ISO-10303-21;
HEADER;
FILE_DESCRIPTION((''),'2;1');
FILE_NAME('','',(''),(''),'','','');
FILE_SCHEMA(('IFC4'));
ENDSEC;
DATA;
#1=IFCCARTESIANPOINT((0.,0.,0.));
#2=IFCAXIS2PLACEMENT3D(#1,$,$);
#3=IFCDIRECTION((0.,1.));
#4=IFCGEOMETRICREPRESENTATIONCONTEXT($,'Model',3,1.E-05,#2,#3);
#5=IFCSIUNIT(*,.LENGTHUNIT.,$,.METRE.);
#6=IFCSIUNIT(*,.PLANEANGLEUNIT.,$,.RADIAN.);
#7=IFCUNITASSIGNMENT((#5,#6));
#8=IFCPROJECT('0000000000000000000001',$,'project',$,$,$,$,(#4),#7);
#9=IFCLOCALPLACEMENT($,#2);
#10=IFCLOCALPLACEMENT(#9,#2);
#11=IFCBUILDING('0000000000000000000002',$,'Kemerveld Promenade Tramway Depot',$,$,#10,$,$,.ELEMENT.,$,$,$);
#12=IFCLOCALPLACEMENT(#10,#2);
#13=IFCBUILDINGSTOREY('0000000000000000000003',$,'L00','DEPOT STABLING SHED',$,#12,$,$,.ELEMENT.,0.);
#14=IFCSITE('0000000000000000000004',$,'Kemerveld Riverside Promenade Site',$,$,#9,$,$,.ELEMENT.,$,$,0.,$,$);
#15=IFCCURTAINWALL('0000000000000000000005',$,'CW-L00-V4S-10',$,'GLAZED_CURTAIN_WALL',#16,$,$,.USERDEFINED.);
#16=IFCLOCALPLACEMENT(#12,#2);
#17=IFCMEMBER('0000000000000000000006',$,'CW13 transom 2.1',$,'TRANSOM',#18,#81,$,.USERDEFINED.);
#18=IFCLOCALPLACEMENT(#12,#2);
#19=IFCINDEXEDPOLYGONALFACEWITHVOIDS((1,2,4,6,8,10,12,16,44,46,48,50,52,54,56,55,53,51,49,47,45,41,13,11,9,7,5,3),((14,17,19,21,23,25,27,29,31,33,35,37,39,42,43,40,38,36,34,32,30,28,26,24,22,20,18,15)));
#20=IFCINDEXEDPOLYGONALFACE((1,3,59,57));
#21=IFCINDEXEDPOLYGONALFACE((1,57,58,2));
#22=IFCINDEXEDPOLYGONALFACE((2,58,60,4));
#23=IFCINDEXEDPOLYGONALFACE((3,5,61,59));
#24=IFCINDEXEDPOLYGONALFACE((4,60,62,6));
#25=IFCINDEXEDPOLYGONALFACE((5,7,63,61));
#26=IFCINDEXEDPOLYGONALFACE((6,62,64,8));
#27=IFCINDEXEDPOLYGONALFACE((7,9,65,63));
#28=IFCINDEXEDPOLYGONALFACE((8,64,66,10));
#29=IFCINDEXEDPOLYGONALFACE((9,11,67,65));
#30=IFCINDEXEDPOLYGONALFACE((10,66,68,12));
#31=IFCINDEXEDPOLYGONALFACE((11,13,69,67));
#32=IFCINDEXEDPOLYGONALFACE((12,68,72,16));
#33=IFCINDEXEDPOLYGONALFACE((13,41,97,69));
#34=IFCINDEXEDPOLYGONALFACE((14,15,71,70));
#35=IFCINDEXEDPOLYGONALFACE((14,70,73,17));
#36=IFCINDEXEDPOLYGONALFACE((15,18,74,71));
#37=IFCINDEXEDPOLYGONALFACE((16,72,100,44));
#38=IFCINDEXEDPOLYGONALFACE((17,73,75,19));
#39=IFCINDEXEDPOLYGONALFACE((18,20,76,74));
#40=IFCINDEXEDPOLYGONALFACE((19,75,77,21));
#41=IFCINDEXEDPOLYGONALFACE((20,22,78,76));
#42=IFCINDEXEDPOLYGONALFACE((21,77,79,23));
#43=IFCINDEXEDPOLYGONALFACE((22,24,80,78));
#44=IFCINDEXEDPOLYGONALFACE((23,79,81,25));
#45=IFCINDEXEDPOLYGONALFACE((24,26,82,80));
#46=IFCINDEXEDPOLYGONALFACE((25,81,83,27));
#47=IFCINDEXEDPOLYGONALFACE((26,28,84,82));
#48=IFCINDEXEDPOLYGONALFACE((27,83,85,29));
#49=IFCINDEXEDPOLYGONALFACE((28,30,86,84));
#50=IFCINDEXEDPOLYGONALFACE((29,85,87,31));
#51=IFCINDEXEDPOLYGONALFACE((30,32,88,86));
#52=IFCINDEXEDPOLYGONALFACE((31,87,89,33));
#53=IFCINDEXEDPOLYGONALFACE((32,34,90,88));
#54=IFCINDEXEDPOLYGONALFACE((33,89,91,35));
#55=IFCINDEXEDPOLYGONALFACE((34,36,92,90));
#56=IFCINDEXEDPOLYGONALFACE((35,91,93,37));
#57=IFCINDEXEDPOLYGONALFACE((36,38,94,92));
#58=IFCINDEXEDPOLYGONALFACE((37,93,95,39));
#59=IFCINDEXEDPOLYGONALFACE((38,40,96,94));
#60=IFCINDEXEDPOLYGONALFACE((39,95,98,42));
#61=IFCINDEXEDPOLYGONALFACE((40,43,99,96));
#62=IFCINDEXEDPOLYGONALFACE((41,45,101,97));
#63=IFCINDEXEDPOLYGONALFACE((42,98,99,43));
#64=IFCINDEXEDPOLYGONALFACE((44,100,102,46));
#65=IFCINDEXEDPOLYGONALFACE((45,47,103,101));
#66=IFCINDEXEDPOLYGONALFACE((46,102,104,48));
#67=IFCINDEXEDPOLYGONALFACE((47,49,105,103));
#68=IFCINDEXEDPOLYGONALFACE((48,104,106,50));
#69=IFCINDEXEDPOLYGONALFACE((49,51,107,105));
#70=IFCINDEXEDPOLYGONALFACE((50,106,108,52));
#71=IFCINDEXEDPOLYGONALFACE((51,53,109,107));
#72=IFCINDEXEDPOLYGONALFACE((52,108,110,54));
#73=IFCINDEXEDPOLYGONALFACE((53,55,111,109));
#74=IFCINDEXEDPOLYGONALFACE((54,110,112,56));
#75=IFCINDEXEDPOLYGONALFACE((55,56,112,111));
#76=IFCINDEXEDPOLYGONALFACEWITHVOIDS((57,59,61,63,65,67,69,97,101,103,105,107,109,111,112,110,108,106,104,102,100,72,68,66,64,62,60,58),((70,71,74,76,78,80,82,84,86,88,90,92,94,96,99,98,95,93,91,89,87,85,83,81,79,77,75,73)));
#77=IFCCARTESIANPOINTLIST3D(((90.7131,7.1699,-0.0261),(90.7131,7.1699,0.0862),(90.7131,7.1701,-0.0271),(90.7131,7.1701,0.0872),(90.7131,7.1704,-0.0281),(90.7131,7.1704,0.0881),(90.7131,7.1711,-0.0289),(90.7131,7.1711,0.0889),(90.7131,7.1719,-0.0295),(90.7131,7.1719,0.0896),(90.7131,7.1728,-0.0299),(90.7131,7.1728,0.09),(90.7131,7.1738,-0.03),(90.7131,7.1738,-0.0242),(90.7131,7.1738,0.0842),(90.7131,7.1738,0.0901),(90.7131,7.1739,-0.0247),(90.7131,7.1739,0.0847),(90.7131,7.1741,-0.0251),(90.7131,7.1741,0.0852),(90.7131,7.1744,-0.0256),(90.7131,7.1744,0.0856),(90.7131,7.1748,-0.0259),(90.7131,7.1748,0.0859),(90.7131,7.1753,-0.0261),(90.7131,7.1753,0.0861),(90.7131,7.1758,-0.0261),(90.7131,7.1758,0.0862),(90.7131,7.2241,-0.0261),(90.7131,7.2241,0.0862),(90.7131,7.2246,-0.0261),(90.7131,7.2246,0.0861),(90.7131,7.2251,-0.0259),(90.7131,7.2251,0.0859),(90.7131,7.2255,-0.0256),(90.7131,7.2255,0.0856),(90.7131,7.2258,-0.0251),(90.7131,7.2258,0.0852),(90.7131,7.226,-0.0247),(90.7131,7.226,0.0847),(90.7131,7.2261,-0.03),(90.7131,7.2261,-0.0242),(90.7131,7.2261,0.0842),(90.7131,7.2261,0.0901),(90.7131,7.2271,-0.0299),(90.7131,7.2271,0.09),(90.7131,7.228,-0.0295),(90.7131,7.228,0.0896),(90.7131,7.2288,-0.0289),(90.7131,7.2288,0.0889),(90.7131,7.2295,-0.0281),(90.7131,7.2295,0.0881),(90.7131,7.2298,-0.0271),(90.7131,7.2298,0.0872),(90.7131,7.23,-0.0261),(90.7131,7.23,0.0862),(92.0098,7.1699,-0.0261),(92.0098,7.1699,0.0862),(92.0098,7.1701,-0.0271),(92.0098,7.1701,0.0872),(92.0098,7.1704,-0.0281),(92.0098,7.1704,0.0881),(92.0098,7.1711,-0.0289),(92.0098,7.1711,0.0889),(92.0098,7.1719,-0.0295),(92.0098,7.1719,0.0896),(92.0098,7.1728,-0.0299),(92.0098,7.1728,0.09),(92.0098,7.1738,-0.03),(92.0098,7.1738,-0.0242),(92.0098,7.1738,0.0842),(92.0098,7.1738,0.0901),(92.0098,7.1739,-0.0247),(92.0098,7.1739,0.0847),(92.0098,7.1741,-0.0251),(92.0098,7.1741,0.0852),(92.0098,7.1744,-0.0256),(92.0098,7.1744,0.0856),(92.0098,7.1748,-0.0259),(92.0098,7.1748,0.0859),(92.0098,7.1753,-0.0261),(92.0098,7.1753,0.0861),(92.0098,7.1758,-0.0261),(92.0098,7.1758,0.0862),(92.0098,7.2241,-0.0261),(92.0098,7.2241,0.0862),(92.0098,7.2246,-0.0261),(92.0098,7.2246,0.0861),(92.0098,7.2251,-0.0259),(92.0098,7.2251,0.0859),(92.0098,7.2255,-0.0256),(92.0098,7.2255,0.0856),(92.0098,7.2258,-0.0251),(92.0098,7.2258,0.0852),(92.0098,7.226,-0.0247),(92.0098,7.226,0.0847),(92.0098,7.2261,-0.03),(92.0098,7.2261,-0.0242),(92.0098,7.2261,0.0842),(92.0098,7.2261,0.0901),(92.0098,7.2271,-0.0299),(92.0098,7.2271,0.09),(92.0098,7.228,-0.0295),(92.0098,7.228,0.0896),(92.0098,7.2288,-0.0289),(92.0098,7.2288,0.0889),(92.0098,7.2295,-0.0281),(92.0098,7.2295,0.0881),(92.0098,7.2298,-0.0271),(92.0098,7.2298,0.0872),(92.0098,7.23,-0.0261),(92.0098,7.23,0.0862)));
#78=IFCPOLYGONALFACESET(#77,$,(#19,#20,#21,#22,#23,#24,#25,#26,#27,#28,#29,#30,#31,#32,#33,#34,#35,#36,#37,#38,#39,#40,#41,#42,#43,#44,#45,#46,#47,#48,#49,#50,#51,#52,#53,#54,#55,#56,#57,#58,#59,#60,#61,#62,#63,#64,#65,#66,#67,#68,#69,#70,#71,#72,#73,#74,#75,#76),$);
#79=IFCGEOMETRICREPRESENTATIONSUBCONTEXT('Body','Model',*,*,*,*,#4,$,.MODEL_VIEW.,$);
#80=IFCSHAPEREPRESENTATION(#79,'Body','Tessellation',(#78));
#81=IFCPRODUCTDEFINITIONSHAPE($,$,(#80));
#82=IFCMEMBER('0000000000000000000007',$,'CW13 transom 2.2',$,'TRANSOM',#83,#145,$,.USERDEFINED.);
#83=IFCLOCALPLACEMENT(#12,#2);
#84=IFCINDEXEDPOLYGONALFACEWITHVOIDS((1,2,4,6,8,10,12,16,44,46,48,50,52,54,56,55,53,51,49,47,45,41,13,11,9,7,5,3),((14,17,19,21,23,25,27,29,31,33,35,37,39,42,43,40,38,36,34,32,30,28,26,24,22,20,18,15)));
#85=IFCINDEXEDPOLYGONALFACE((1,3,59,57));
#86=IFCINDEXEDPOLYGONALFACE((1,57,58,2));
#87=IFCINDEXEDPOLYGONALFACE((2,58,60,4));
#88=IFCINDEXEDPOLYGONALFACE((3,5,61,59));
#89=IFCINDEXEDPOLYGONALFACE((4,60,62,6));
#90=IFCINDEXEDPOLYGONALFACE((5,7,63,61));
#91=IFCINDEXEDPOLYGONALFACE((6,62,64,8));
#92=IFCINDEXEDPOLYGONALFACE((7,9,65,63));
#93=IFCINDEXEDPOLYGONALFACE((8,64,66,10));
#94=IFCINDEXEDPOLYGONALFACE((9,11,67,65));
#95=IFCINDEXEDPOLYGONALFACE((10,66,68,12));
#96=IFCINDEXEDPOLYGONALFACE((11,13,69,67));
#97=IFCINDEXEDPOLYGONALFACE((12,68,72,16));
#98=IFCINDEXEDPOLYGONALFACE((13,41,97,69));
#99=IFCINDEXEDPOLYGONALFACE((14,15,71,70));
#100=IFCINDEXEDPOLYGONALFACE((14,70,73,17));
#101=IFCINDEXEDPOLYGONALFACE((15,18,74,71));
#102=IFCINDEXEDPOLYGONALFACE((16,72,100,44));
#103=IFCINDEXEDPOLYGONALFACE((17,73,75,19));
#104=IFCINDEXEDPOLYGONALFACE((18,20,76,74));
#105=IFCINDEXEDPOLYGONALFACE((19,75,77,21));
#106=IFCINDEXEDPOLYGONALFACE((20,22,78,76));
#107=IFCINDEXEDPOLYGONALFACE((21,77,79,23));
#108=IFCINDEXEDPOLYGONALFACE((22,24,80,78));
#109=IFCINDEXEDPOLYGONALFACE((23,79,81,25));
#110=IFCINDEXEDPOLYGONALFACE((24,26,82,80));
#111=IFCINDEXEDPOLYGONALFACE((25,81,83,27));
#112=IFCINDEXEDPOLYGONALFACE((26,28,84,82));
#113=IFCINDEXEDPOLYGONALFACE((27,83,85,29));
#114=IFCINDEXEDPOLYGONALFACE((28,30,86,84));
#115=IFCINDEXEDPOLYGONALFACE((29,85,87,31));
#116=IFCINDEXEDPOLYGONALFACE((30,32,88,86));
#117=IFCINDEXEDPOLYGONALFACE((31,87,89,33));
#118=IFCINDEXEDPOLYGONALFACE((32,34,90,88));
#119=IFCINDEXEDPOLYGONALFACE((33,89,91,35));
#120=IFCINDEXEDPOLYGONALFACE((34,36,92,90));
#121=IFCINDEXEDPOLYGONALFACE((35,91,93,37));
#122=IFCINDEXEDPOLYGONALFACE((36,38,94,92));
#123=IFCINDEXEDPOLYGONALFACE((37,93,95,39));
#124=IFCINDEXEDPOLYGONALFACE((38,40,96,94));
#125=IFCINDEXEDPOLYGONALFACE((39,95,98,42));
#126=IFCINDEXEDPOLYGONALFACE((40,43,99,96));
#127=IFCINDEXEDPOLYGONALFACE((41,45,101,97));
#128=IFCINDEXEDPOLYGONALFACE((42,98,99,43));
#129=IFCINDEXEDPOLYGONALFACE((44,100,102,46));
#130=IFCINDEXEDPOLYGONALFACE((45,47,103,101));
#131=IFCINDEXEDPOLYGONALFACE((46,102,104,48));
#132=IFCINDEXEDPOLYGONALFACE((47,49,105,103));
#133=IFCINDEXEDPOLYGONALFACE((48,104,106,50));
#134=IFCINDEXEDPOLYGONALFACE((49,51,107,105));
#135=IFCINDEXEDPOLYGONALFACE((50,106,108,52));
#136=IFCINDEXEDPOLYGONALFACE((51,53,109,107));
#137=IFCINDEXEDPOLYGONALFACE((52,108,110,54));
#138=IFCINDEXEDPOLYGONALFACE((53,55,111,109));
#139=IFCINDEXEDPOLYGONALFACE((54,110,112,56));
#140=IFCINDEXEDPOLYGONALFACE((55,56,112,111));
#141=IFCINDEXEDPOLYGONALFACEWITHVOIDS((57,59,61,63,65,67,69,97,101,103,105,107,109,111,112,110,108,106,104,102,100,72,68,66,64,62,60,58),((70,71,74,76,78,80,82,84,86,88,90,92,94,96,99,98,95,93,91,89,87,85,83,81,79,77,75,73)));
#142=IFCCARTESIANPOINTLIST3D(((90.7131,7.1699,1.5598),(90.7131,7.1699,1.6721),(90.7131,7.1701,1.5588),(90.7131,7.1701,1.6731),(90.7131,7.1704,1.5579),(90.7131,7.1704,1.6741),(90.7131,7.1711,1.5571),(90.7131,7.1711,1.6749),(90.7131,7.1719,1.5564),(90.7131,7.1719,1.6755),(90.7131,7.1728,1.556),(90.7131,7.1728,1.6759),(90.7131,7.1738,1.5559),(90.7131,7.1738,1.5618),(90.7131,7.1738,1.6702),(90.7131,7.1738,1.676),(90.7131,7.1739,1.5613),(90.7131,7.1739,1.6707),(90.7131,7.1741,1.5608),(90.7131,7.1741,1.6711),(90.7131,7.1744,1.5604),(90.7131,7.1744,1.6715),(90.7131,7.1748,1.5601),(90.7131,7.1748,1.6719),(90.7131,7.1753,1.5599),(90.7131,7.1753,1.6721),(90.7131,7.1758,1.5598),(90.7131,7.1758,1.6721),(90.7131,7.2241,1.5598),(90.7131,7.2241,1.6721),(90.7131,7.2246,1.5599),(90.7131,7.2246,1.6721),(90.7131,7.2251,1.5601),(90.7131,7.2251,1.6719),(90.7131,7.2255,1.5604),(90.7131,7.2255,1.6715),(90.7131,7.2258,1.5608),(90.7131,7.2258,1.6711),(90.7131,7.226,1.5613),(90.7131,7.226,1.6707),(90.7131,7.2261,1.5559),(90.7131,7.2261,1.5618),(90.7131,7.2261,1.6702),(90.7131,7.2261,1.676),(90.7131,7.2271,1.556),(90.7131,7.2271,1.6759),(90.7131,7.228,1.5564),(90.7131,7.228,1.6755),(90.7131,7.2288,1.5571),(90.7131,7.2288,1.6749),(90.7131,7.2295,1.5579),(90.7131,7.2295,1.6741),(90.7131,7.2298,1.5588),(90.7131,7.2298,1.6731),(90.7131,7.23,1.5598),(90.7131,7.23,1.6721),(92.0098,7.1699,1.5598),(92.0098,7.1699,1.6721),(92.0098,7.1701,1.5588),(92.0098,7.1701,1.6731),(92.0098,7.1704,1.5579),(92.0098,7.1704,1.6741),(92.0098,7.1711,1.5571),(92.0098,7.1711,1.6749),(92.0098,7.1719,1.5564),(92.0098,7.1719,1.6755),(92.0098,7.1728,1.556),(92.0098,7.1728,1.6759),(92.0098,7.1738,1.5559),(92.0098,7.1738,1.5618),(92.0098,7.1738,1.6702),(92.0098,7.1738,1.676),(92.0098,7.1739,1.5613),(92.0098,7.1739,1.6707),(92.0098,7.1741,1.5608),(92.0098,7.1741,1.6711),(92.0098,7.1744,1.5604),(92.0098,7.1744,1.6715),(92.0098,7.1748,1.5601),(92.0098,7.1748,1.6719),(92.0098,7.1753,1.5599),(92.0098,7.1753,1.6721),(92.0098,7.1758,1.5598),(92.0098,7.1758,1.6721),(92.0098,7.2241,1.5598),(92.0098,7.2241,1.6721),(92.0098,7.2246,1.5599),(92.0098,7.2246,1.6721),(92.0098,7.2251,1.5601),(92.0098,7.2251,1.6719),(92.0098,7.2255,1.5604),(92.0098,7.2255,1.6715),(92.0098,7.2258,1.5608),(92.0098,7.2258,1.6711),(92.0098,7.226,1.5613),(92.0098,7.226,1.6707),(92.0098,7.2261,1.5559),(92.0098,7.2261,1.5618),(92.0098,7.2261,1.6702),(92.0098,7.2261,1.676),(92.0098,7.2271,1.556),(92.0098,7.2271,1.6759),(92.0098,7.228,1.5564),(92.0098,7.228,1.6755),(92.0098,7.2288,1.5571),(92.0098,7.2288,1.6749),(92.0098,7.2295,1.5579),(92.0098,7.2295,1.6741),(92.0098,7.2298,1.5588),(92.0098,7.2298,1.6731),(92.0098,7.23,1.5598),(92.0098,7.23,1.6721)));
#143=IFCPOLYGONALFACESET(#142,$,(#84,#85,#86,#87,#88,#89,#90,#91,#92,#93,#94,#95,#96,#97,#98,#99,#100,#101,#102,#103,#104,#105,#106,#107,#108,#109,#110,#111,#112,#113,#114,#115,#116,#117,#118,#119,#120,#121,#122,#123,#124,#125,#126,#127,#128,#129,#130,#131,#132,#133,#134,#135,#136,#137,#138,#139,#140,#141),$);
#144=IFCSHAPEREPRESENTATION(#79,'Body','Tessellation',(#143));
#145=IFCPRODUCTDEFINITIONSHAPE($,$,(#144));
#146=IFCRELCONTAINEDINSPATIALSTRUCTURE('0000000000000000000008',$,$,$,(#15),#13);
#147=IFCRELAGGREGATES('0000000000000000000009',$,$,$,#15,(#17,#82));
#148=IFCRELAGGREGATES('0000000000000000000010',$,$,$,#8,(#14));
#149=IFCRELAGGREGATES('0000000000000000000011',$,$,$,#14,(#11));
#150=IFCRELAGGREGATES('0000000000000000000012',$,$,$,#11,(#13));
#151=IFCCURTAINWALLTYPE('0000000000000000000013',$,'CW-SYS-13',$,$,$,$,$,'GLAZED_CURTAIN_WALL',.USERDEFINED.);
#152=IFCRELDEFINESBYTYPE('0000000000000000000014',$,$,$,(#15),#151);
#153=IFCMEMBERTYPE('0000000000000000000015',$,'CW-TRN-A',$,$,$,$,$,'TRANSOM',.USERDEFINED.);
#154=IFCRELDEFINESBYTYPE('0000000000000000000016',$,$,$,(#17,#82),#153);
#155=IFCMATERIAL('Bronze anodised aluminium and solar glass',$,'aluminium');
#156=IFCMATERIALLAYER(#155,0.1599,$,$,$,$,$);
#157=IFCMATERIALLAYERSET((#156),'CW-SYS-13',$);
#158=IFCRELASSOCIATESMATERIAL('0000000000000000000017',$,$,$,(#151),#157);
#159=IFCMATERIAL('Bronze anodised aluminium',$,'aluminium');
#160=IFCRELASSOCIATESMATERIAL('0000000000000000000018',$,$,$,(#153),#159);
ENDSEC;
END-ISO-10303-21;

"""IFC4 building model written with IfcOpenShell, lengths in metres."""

from ifc_helpers import new_model, si_unit, direction, frame, origin, origin_2d, place, context, subcontext, project, spatial, hollow_rectangle, extrude, material, layer, layer_set, material_profile, profile_set, type_object, element, aggregate, save


model = new_model("IFC4")

# Units and contexts
model_context = context("Model", 3, precision=1e-05, world=origin(), true_north=direction((0.0, 1.0)))
body_context = subcontext(model_context, "Body", "Model", "MODEL_VIEW")
ifc_project = project(units=[si_unit("LENGTHUNIT", "METRE"), si_unit("PLANEANGLEUNIT", "RADIAN")], contexts=[model_context])

# Site, building, storey
site_placement = place(None, origin())
site = spatial("IfcSite", under=ifc_project, at=site_placement, Name="Kemerveld Riverside Promenade Site", CompositionType="ELEMENT", RefElevation=0.0)
building_placement = place(site_placement, origin())
building = spatial("IfcBuilding", under=site, at=building_placement, Name="Kemerveld Promenade Tramway Depot", CompositionType="ELEMENT")
storey_placement = place(building_placement, origin())
storey = spatial("IfcBuildingStorey", under=building, at=storey_placement, Name="L00", Description="DEPOT STABLING SHED", CompositionType="ELEMENT", Elevation=0.0)

# Curtain wall, members
ifc_material_1 = material(Name="Bronze anodised aluminium and solar glass", Category="aluminium")
ifc_layer_1 = layer(ifc_material_1, 0.1599)
ifc_layer_set_1 = layer_set([ifc_layer_1], Name="CW-SYS-13")
curtain_wall_type = type_object("IfcCurtainWallType", Name="CW-SYS-13", ElementType="GLAZED_CURTAIN_WALL", PredefinedType="USERDEFINED", material=ifc_layer_set_1)
curtain_wall_placement = place(storey_placement, origin())
curtain_wall = element("IfcCurtainWall", 1, at=curtain_wall_placement, inside=storey, type_object=curtain_wall_type, Name="CW-L00-V4S-10", ObjectType="GLAZED_CURTAIN_WALL", PredefinedType="USERDEFINED")
ifc_material_2 = material(Name="Bronze anodised aluminium", Category="aluminium")
ifc_material_profile_1 = material_profile(ifc_material_2, hollow_rectangle(XDim=0.0601, YDim=0.1201, WallThickness=0.0039, InnerFilletRadius=0.002, OuterFilletRadius=0.0039, at=origin_2d()), Name="CW-TRN-120x60")
ifc_profile_set_1 = profile_set([ifc_material_profile_1], Name="Bronze anodised aluminium")
member_type_1 = type_object("IfcMemberType", Name="CW-TRN-A", ElementType="TRANSOM", PredefinedType="USERDEFINED", material=ifc_profile_set_1)
member_1_placement = place(storey_placement, frame((92.0098, 7.2, 0.03), z_axis=(-1.0, 0.0, 0.0), x_axis=(0.0, -1.0, 0.0)))
member_1 = element("IfcMember", 2, at=member_1_placement, type_object=member_type_1, Name="CW13 transom 2.1", ObjectType="TRANSOM", PredefinedType="USERDEFINED", context=body_context, shape_type="SweptSolid", body=[
    extrude(hollow_rectangle(XDim=0.0601, YDim=0.1201, WallThickness=0.0039, InnerFilletRadius=0.002, OuterFilletRadius=0.0039, at=origin_2d()), origin(), (0.0, 0.0, 1.0), 1.2966),
])
member_2_placement = place(storey_placement, frame((92.0098, 7.2, 1.616), z_axis=(-1.0, 0.0, 0.0), x_axis=(0.0, -1.0, 0.0)))
member_2 = element("IfcMember", 3, at=member_2_placement, type_object=member_type_1, Name="CW13 transom 2.2", ObjectType="TRANSOM", PredefinedType="USERDEFINED", context=body_context, shape_type="SweptSolid", body=[
    extrude(hollow_rectangle(XDim=0.0601, YDim=0.1201, WallThickness=0.0039, InnerFilletRadius=0.002, OuterFilletRadius=0.0039, at=origin_2d()), origin(), (0.0, 0.0, 1.0), 1.2966),
])
aggregate(curtain_wall, [member_1, member_2])

save(model, "model.ifc")
